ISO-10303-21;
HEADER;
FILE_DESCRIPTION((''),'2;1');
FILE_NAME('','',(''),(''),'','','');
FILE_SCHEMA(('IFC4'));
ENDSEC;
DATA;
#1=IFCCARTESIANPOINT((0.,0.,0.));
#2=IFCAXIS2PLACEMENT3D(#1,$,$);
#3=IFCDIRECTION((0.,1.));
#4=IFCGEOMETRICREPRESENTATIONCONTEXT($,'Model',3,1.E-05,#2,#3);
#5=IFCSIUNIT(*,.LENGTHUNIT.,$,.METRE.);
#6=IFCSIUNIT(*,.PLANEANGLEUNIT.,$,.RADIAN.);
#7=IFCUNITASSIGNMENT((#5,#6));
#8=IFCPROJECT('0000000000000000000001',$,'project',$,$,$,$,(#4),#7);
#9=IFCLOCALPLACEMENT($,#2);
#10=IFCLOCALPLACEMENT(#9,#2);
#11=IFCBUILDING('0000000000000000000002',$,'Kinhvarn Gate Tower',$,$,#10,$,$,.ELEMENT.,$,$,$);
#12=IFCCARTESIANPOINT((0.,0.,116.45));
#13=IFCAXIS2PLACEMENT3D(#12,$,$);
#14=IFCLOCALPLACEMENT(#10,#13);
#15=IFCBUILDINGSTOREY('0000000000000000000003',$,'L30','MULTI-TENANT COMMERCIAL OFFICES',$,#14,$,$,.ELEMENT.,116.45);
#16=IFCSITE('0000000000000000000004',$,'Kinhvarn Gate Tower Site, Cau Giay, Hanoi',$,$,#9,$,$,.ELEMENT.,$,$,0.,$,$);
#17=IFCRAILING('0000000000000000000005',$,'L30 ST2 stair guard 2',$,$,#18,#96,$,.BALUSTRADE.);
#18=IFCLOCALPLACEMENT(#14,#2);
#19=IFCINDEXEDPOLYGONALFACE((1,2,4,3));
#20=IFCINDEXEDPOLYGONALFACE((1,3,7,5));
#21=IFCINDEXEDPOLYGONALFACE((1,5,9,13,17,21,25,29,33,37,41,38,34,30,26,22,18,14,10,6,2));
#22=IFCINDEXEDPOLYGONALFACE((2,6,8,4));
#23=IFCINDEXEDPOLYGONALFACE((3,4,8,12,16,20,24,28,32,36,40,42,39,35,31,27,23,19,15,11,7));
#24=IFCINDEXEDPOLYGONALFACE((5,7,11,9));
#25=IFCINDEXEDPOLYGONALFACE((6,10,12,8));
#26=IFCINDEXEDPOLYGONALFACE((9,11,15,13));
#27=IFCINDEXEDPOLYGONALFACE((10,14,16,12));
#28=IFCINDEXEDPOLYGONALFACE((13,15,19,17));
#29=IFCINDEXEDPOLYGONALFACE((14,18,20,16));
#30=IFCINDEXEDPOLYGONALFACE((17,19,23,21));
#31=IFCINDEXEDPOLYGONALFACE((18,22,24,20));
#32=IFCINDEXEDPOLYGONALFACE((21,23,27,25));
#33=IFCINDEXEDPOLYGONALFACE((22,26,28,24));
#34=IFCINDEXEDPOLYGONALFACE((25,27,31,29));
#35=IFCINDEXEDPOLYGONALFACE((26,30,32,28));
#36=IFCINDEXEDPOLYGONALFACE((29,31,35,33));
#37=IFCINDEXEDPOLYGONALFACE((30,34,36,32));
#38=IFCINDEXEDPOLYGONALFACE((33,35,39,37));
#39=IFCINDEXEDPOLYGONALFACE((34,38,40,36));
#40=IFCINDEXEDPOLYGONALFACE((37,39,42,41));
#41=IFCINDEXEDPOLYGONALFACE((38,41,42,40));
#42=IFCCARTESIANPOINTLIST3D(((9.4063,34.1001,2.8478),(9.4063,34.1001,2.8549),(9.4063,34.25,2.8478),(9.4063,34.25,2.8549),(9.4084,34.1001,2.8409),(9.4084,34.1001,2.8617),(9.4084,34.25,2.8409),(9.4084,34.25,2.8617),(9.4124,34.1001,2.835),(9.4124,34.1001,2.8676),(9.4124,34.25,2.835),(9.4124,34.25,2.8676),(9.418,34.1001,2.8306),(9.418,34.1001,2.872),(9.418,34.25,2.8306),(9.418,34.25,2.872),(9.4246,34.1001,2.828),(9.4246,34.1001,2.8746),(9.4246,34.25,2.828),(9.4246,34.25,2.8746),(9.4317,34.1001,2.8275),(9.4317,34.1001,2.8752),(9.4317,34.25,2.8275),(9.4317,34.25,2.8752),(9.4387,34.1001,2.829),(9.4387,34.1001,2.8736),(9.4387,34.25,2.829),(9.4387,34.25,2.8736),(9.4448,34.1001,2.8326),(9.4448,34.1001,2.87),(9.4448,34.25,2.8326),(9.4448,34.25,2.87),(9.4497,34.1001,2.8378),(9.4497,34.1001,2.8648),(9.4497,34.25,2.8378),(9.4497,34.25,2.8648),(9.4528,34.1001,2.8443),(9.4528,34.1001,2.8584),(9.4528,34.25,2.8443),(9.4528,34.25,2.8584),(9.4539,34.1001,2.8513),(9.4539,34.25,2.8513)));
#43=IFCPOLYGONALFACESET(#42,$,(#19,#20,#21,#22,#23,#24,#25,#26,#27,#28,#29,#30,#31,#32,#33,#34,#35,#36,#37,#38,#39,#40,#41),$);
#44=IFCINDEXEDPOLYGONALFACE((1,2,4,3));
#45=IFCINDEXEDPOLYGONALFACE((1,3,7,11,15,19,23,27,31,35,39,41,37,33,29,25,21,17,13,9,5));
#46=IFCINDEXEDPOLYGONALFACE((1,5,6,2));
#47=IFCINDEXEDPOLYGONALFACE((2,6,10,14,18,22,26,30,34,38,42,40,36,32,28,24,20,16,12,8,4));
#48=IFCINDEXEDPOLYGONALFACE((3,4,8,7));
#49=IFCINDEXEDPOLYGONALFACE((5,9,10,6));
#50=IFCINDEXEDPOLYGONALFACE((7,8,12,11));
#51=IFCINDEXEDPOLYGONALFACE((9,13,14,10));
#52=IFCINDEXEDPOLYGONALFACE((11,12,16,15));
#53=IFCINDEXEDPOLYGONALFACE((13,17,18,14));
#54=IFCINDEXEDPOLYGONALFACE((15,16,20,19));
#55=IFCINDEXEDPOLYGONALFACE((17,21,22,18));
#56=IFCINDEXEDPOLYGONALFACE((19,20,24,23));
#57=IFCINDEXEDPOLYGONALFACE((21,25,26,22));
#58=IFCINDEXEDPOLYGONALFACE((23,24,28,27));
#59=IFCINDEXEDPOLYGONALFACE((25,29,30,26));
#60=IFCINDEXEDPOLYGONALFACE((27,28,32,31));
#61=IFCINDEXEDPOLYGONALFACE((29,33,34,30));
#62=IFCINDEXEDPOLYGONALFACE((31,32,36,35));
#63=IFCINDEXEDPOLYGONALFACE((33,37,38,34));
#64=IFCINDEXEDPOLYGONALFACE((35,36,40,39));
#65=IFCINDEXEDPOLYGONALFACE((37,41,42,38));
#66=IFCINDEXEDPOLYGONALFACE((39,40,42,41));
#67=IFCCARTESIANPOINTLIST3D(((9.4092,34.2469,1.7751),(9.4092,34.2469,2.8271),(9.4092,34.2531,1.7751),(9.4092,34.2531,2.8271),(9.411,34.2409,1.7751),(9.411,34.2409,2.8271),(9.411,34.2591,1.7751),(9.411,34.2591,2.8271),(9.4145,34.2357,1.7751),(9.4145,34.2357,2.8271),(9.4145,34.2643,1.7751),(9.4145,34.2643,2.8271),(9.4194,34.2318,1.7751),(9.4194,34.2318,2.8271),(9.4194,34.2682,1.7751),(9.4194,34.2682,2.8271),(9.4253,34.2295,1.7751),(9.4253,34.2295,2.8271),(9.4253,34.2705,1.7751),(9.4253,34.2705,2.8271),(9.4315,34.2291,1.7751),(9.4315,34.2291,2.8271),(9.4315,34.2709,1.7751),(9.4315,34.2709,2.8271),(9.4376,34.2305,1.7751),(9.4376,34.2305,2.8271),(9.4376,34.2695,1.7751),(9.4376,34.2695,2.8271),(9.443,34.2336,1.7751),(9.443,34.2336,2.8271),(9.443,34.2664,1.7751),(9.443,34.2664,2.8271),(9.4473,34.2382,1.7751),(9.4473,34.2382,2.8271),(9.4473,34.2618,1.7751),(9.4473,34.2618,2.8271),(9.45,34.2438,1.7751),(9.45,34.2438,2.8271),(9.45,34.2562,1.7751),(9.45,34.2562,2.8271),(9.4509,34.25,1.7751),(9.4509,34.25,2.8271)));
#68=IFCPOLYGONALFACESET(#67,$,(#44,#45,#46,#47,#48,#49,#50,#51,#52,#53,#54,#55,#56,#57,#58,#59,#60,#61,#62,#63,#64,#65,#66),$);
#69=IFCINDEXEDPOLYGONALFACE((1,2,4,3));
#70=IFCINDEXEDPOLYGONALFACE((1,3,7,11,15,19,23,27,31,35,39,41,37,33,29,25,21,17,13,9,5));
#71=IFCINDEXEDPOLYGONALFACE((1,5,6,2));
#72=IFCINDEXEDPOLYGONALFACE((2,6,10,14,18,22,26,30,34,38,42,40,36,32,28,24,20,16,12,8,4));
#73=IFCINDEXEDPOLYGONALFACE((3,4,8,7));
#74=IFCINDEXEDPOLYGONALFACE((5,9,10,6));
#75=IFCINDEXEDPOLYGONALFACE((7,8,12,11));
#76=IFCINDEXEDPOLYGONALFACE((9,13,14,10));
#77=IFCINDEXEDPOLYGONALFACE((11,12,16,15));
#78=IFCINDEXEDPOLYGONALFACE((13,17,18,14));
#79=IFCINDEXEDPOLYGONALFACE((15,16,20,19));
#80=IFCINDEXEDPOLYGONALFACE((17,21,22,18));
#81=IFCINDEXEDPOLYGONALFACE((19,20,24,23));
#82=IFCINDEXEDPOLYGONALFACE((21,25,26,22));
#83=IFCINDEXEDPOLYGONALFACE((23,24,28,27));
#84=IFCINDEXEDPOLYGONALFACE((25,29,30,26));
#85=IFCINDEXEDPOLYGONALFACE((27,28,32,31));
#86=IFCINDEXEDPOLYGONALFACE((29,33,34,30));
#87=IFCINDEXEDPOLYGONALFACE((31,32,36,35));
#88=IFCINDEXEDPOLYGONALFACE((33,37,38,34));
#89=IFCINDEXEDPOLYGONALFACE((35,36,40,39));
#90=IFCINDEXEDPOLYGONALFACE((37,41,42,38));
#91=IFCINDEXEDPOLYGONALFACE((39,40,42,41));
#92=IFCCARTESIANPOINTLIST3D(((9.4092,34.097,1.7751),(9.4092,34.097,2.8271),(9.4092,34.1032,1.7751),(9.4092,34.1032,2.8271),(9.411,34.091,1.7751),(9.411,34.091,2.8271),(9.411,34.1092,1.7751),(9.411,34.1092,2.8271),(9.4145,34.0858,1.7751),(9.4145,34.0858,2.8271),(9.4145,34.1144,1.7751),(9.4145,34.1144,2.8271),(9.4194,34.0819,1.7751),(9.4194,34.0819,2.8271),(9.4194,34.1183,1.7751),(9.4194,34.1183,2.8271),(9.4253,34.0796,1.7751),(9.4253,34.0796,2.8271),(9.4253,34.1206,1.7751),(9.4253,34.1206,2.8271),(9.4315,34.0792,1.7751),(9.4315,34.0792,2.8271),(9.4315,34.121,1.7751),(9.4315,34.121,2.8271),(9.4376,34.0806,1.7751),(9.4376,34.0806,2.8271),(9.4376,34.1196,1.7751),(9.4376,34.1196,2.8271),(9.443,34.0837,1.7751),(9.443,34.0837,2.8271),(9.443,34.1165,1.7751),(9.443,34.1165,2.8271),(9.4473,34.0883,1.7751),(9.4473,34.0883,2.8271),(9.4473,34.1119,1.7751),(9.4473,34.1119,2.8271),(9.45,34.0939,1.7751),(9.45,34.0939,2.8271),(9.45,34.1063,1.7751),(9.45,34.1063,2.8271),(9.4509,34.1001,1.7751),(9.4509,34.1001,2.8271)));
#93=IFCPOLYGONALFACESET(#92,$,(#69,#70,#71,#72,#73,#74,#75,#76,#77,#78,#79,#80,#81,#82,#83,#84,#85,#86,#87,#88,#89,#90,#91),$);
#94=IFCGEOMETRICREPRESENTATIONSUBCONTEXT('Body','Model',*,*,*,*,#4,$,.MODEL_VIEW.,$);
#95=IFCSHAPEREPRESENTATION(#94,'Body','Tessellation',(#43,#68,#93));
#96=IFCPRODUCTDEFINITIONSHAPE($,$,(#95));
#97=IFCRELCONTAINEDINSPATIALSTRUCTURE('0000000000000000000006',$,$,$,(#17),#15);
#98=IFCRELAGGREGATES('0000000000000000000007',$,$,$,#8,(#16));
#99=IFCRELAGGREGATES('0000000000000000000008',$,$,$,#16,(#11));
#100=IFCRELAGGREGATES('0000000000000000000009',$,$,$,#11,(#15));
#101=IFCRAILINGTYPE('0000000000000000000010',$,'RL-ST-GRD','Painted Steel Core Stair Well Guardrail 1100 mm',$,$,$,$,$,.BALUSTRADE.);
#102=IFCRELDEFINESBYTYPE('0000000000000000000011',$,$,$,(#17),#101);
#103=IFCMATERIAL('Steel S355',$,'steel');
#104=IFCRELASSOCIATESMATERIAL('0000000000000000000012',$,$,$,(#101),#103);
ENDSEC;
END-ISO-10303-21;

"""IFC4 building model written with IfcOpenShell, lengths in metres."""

from ifc_helpers import new_model, si_unit, direction, frame, origin, origin_2d, place, context, subcontext, project, spatial, circle, extrude, material, type_object, element, save


model = new_model("IFC4")

# Units and contexts
model_context = context("Model", 3, precision=1e-05, world=origin(), true_north=direction((0.0, 1.0)))
body_context = subcontext(model_context, "Body", "Model", "MODEL_VIEW")
ifc_project = project(units=[si_unit("LENGTHUNIT", "METRE"), si_unit("PLANEANGLEUNIT", "RADIAN")], contexts=[model_context])

# Site, building, storey
site_placement = place(None, origin())
site = spatial("IfcSite", under=ifc_project, at=site_placement, Name="Kinhvarn Gate Tower Site, Cau Giay, Hanoi", CompositionType="ELEMENT", RefElevation=0.0)
building_placement = place(site_placement, origin())
building = spatial("IfcBuilding", under=site, at=building_placement, Name="Kinhvarn Gate Tower", CompositionType="ELEMENT")
storey_placement = place(building_placement, frame((0.0, 0.0, 116.45)))
storey = spatial("IfcBuildingStorey", under=building, at=storey_placement, Name="L30", Description="MULTI-TENANT COMMERCIAL OFFICES", CompositionType="ELEMENT", Elevation=116.45)

# Shared definitions
ifc_material_1 = material(Name="Steel S355", Category="steel")

# Railing
railing_type_1 = type_object("IfcRailingType", Name="RL-ST-GRD", Description="Painted Steel Core Stair Well Guardrail 1100 mm", PredefinedType="BALUSTRADE", material=ifc_material_1)
railing_1_placement = place(storey_placement, frame((9.4299, 34.25, 1.7751)))
element("IfcRailing", 1, at=railing_1_placement, inside=storey, type_object=railing_type_1, Name="L30 ST2 stair guard 2", PredefinedType="BALUSTRADE", context=body_context, shape_type="SweptSolid", body=[
    extrude(circle(Radius=0.0239, at=origin_2d()), frame((0.0, 0.0, 1.0762), z_axis=(0.0, -1.0, 0.0), x_axis=(1.0, 0.0, 0.0)), (0.0, 0.0, 1.0), 0.1499),
    extrude(circle(Radius=0.021, at=origin_2d()), origin(), (0.0, 0.0, 1.0), 1.052),
    extrude(circle(Radius=0.021, at=origin_2d()), frame((0.0, -0.1499, 0.0)), (0.0, 0.0, 1.0), 1.052),
])

save(model, "model.ifc")
